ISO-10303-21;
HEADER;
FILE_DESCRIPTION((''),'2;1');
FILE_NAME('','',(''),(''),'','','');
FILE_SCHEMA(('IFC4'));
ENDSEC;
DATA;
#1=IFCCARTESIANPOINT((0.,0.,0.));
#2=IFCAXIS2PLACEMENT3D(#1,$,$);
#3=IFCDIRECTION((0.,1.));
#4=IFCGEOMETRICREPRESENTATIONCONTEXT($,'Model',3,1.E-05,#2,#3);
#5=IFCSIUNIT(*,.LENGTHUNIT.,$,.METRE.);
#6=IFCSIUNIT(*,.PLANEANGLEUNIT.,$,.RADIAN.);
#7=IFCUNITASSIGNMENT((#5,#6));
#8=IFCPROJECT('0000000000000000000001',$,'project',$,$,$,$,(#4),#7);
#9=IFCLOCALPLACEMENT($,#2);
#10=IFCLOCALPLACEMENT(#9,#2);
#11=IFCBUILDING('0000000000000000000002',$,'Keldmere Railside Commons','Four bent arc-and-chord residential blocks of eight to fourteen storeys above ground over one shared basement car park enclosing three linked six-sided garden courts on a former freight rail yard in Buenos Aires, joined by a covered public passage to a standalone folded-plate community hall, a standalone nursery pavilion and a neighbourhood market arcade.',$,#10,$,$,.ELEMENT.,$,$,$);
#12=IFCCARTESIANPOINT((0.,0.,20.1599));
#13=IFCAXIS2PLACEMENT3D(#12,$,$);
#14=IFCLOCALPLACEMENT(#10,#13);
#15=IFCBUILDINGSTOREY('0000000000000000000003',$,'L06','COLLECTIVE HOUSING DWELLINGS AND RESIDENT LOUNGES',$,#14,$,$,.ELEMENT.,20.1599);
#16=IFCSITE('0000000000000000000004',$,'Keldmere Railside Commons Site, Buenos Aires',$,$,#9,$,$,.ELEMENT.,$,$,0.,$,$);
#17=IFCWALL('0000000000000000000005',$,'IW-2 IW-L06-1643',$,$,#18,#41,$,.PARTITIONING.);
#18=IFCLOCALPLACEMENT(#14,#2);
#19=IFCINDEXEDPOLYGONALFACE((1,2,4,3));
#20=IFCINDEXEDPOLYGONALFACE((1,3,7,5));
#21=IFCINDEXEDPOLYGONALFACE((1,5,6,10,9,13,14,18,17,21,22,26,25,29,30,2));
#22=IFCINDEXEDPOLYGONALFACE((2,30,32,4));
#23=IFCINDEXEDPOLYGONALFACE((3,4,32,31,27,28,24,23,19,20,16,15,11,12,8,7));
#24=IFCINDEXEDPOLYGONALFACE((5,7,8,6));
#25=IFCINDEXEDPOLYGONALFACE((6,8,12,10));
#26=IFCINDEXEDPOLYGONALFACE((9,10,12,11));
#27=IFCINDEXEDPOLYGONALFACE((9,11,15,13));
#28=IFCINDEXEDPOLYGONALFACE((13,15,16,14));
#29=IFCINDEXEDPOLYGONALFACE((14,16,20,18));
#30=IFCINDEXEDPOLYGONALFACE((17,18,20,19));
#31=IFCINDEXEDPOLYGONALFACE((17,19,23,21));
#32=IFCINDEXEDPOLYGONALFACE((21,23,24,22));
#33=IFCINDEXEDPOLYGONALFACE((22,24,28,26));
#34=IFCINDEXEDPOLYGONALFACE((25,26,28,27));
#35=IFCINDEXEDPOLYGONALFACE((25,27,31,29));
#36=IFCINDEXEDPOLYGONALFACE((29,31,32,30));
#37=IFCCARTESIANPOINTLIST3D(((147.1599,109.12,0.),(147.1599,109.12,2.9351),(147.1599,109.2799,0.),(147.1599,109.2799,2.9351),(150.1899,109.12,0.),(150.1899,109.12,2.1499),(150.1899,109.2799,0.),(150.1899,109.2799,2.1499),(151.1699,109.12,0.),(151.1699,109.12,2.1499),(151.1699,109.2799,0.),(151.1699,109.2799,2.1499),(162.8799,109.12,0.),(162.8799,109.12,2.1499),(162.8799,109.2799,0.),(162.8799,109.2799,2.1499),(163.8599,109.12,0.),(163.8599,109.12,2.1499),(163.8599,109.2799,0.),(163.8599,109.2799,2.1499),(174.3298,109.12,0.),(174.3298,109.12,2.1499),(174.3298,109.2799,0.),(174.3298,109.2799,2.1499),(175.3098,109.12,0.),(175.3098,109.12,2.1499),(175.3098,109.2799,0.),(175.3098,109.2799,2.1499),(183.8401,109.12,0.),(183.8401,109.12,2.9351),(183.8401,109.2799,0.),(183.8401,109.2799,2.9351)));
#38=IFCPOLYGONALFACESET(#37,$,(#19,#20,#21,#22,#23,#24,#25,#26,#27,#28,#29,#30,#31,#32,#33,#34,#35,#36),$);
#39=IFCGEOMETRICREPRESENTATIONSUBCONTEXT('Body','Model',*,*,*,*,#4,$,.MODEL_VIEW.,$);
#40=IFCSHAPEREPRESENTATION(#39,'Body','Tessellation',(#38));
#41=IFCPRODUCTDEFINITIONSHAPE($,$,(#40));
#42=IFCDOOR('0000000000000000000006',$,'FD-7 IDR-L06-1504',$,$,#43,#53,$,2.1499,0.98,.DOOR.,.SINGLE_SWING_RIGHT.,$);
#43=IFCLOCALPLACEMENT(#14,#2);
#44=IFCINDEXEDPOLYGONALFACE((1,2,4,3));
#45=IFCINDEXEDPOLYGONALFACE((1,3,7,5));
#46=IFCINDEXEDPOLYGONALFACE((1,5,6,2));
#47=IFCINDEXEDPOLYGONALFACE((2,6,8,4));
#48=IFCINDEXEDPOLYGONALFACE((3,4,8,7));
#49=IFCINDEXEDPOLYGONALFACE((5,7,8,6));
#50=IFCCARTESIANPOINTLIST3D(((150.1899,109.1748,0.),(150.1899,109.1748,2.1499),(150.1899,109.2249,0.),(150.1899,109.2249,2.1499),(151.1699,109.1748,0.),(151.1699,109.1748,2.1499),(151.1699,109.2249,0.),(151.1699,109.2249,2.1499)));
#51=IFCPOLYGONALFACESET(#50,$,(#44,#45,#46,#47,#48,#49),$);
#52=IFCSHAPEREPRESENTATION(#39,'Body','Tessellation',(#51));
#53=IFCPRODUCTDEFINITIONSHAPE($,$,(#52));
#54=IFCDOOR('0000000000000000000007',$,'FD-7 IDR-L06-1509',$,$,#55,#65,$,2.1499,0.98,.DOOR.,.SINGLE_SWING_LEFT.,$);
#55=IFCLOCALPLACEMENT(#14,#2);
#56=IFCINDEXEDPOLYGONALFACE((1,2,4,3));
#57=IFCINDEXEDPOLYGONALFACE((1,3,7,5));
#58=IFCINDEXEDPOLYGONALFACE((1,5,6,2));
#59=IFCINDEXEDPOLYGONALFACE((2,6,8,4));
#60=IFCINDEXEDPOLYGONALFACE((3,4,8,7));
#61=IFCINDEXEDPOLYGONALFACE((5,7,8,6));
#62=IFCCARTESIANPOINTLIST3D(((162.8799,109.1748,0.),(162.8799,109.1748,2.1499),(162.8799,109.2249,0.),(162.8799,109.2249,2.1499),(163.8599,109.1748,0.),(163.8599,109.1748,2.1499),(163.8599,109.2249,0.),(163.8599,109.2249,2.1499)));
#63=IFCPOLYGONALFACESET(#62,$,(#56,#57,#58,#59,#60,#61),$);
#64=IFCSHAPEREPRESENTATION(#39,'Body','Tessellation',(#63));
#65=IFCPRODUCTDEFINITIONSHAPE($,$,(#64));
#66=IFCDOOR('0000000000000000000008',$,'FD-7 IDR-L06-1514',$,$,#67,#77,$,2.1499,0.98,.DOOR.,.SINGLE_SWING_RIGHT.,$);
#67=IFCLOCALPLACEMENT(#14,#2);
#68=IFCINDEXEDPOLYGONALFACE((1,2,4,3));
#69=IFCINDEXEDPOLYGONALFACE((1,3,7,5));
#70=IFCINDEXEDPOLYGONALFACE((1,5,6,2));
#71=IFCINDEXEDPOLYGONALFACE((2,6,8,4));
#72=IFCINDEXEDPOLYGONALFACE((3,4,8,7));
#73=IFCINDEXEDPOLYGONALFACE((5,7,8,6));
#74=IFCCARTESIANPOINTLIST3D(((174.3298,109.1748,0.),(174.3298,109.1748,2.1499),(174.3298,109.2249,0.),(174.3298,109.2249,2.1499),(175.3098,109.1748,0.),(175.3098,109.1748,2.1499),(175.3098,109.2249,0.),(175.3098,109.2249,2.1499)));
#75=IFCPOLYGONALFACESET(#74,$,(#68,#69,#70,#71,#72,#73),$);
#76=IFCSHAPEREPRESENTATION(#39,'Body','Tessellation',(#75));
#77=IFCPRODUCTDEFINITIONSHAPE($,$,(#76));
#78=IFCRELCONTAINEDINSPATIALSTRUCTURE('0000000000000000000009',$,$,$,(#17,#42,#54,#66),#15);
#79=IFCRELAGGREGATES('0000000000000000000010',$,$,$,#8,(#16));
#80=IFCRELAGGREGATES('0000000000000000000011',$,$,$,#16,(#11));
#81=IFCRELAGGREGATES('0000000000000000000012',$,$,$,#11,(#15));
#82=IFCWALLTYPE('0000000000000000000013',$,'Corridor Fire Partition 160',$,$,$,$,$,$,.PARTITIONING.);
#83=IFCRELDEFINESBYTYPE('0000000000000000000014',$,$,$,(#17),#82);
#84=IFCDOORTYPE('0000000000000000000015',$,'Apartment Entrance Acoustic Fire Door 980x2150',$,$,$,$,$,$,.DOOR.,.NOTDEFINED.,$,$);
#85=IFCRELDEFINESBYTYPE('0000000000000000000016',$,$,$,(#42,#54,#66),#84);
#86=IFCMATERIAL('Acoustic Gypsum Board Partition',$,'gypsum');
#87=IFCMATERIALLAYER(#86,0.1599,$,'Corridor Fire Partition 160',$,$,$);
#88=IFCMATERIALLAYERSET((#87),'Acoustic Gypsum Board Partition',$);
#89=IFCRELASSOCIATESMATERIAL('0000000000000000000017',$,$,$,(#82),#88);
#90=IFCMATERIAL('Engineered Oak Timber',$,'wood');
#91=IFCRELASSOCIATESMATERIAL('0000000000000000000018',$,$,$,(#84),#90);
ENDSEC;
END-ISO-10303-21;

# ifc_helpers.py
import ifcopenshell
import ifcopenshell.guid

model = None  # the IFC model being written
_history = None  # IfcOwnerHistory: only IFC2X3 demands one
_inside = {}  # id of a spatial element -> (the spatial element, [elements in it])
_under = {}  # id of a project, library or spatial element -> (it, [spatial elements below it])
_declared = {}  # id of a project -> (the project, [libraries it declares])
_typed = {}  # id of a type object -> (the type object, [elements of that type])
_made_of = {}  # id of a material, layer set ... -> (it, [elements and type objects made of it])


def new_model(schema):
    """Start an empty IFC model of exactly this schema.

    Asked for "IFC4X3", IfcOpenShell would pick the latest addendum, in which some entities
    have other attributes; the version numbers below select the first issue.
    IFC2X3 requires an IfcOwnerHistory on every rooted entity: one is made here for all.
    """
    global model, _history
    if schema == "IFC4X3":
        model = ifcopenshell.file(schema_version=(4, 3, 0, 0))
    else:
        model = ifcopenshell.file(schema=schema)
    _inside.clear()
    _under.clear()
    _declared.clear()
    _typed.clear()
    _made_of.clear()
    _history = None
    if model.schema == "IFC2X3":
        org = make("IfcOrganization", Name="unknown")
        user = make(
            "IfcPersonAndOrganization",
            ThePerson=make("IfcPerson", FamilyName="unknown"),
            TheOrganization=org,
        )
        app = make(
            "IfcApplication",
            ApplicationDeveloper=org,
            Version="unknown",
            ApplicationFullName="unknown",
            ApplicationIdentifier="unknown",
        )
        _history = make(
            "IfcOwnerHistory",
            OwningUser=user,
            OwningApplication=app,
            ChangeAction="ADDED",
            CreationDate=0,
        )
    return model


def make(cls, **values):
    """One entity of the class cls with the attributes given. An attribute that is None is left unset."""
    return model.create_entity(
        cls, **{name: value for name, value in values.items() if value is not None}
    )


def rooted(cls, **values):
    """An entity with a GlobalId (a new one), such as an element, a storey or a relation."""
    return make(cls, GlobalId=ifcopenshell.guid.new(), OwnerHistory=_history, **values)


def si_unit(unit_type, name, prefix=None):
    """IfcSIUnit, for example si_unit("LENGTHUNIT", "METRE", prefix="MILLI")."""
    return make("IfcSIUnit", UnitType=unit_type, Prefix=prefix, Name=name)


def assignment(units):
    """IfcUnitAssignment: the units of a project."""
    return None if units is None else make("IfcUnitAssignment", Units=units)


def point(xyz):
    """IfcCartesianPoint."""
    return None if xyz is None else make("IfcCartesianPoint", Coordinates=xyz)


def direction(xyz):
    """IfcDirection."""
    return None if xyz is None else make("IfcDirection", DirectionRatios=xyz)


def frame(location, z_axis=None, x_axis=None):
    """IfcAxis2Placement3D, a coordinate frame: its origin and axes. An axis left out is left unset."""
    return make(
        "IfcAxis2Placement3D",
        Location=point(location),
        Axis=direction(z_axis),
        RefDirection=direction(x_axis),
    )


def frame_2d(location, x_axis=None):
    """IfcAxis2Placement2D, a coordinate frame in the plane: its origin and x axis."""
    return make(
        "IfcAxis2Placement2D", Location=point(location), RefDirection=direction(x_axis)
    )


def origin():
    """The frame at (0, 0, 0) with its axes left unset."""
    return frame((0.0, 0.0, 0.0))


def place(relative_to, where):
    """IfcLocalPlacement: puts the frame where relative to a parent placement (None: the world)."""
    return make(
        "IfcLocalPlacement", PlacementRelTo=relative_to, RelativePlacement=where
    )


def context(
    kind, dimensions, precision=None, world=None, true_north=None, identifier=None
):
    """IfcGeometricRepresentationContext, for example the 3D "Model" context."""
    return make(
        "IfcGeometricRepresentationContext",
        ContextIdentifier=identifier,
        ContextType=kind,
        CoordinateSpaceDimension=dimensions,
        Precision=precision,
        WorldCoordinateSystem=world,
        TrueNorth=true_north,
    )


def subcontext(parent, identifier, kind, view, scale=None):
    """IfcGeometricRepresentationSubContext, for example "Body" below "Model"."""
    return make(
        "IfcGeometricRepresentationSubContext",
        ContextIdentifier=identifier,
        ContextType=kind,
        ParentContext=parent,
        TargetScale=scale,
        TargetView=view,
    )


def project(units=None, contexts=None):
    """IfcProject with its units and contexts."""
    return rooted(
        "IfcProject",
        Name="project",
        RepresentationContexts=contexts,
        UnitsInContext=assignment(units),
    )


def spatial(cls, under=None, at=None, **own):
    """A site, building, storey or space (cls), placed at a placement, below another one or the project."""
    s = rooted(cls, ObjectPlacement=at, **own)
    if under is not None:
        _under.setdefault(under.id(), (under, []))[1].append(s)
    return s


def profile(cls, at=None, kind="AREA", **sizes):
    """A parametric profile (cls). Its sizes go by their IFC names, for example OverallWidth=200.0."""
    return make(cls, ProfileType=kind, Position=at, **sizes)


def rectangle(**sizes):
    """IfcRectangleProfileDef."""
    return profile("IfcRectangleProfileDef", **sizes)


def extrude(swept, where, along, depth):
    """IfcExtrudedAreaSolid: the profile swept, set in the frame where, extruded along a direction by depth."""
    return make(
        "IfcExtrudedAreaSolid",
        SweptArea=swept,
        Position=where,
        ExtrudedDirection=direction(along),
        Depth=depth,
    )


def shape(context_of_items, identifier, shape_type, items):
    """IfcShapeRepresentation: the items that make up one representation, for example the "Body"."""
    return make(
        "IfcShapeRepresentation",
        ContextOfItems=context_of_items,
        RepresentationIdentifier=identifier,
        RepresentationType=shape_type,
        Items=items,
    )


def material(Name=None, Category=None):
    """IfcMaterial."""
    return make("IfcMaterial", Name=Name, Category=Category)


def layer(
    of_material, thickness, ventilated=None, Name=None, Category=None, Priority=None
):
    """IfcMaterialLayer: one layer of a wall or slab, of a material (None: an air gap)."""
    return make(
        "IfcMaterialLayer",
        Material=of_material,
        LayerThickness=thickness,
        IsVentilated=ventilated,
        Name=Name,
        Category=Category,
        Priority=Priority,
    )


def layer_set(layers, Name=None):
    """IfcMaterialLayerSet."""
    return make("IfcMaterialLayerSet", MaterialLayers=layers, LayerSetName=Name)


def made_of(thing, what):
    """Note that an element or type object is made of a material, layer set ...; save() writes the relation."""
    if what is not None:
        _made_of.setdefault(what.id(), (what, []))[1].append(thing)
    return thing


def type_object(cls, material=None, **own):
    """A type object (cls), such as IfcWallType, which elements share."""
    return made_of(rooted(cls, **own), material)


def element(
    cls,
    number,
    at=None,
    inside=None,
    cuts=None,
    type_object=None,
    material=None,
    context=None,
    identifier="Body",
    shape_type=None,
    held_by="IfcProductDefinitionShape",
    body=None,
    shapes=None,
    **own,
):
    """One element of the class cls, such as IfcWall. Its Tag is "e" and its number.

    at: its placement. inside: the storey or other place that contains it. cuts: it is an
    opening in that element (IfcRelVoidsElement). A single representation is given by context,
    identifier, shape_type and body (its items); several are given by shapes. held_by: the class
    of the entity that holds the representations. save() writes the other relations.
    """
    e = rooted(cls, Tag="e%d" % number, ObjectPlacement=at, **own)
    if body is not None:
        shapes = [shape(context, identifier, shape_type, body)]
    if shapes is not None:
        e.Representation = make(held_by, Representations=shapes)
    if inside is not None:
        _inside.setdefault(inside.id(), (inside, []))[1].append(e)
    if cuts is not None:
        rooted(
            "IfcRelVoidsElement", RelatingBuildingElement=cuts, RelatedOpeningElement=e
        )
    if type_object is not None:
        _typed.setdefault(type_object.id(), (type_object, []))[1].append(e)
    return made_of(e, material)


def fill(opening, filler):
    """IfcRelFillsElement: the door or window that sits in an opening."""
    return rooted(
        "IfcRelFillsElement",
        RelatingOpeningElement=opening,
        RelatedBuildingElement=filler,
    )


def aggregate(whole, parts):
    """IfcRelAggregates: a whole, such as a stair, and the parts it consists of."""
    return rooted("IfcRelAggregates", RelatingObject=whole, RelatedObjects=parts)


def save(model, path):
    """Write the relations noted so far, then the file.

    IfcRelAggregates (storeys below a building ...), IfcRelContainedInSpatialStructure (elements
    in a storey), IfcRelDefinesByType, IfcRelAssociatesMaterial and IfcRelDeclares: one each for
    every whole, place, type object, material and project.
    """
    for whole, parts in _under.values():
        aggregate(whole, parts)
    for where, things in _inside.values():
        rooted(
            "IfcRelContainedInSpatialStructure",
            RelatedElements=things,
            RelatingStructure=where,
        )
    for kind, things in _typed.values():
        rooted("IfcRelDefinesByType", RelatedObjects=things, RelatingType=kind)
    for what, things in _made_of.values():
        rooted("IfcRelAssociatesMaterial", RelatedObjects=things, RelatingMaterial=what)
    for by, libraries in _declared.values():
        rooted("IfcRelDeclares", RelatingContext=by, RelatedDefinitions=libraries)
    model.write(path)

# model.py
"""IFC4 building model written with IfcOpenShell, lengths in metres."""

from ifc_helpers import new_model, si_unit, direction, frame, frame_2d, origin, place, context, subcontext, project, spatial, rectangle, extrude, material, layer, layer_set, type_object, element, fill, save


model = new_model("IFC4")

# Units and contexts
model_context = context("Model", 3, precision=1e-05, world=origin(), true_north=direction((0.0, 1.0)))
body_context = subcontext(model_context, "Body", "Model", "MODEL_VIEW")
ifc_project = project(units=[si_unit("LENGTHUNIT", "METRE"), si_unit("PLANEANGLEUNIT", "RADIAN")], contexts=[model_context])

# Site, building, storey
site_placement = place(None, origin())
site = spatial("IfcSite", under=ifc_project, at=site_placement, Name="Keldmere Railside Commons Site, Buenos Aires", CompositionType="ELEMENT", RefElevation=0.0)
building_placement = place(site_placement, origin())
building = spatial("IfcBuilding", under=site, at=building_placement, Name="Keldmere Railside Commons", Description="Four bent arc-and-chord residential blocks of eight to fourteen storeys above ground over one shared basement car park enclosing three linked six-sided garden courts on a former freight rail yard in Buenos Aires, joined by a covered public passage to a standalone folded-plate community hall, a standalone nursery pavilion and a neighbourhood market arcade.", CompositionType="ELEMENT")
storey_placement = place(building_placement, frame((0.0, 0.0, 20.1599)))
storey = spatial("IfcBuildingStorey", under=building, at=storey_placement, Name="L06", Description="COLLECTIVE HOUSING DWELLINGS AND RESIDENT LOUNGES", CompositionType="ELEMENT", Elevation=20.1599)

# Shared definitions
ifc_material_1 = material(Name="Acoustic Gypsum Board Partition", Category="gypsum")
ifc_material_2 = material(Name="Engineered Oak Timber", Category="wood")

# Wall, openings, doors
ifc_layer_1 = layer(ifc_material_1, 0.1599, Name="Corridor Fire Partition 160")
ifc_layer_set_1 = layer_set([ifc_layer_1], Name="Acoustic Gypsum Board Partition")
wall_type_1 = type_object("IfcWallType", Name="Corridor Fire Partition 160", PredefinedType="PARTITIONING", material=ifc_layer_set_1)
wall_1_placement = place(storey_placement, frame((147.1599, 109.2, 0.0), z_axis=(0.0, 0.0, 1.0), x_axis=(1.0, 0.0, 0.0)))
wall_1 = element("IfcWall", 1, at=wall_1_placement, inside=storey, type_object=wall_type_1, Name="IW-2 IW-L06-1643", PredefinedType="PARTITIONING", context=body_context, shape_type="SweptSolid", body=[
    extrude(rectangle(XDim=36.6802, YDim=0.1599, at=frame_2d((18.3401, 0.0))), origin(), (0.0, 0.0, 1.0), 2.9351),
])
opening_1_placement = place(wall_1_placement, frame((3.03, 0.0, 0.0)))
opening_1 = element("IfcOpeningElement", 2, at=opening_1_placement, cuts=wall_1, PredefinedType="OPENING", context=body_context, shape_type="SweptSolid", body=[
    extrude(rectangle(XDim=0.98, YDim=2.1499, at=frame_2d((0.49, 1.075))), frame((0.0, 0.0898, 0.0), z_axis=(0.0, -1.0, 0.0), x_axis=(1.0, 0.0, 0.0)), (0.0, 0.0, 1.0), 0.1799),
])
opening_2_placement = place(wall_1_placement, frame((15.72, 0.0, 0.0)))
opening_2 = element("IfcOpeningElement", 3, at=opening_2_placement, cuts=wall_1, PredefinedType="OPENING", context=body_context, shape_type="SweptSolid", body=[
    extrude(rectangle(XDim=0.98, YDim=2.1499, at=frame_2d((0.49, 1.075))), frame((0.0, 0.0898, 0.0), z_axis=(0.0, -1.0, 0.0), x_axis=(1.0, 0.0, 0.0)), (0.0, 0.0, 1.0), 0.1799),
])
opening_3_placement = place(wall_1_placement, frame((27.1699, 0.0, 0.0)))
opening_3 = element("IfcOpeningElement", 4, at=opening_3_placement, cuts=wall_1, PredefinedType="OPENING", context=body_context, shape_type="SweptSolid", body=[
    extrude(rectangle(XDim=0.98, YDim=2.1499, at=frame_2d((0.49, 1.075))), frame((0.0, 0.0898, 0.0), z_axis=(0.0, -1.0, 0.0), x_axis=(1.0, 0.0, 0.0)), (0.0, 0.0, 1.0), 0.1799),
])
door_type_1 = type_object("IfcDoorType", Name="Apartment Entrance Acoustic Fire Door 980x2150", OperationType="NOTDEFINED", PredefinedType="DOOR", material=ifc_material_2)
door_1_placement = place(opening_1_placement, origin())
door_1 = element("IfcDoor", 5, at=door_1_placement, inside=storey, type_object=door_type_1, Name="FD-7 IDR-L06-1504", OperationType="SINGLE_SWING_RIGHT", OverallHeight=2.1499, OverallWidth=0.98, PredefinedType="DOOR", context=body_context, shape_type="SweptSolid", body=[
    extrude(rectangle(XDim=0.98, YDim=2.1499, at=frame_2d((0.49, 1.075))), frame((0.0, 0.0249, 0.0), z_axis=(0.0, -1.0, 0.0), x_axis=(1.0, 0.0, 0.0)), (0.0, 0.0, 1.0), 0.05),
])
fill(opening_1, door_1)
door_2_placement = place(opening_2_placement, origin())
door_2 = element("IfcDoor", 6, at=door_2_placement, inside=storey, type_object=door_type_1, Name="FD-7 IDR-L06-1509", OperationType="SINGLE_SWING_LEFT", OverallHeight=2.1499, OverallWidth=0.98, PredefinedType="DOOR", context=body_context, shape_type="SweptSolid", body=[
    extrude(rectangle(XDim=0.98, YDim=2.1499, at=frame_2d((0.49, 1.075))), frame((0.0, 0.0249, 0.0), z_axis=(0.0, -1.0, 0.0), x_axis=(1.0, 0.0, 0.0)), (0.0, 0.0, 1.0), 0.05),
])
fill(opening_2, door_2)
door_3_placement = place(opening_3_placement, origin())
door_3 = element("IfcDoor", 7, at=door_3_placement, inside=storey, type_object=door_type_1, Name="FD-7 IDR-L06-1514", OperationType="SINGLE_SWING_RIGHT", OverallHeight=2.1499, OverallWidth=0.98, PredefinedType="DOOR", context=body_context, shape_type="SweptSolid", body=[
    extrude(rectangle(XDim=0.98, YDim=2.1499, at=frame_2d((0.49, 1.075))), frame((0.0, 0.0249, 0.0), z_axis=(0.0, -1.0, 0.0), x_axis=(1.0, 0.0, 0.0)), (0.0, 0.0, 1.0), 0.05),
])
fill(opening_3, door_3)

save(model, "model.ifc")
